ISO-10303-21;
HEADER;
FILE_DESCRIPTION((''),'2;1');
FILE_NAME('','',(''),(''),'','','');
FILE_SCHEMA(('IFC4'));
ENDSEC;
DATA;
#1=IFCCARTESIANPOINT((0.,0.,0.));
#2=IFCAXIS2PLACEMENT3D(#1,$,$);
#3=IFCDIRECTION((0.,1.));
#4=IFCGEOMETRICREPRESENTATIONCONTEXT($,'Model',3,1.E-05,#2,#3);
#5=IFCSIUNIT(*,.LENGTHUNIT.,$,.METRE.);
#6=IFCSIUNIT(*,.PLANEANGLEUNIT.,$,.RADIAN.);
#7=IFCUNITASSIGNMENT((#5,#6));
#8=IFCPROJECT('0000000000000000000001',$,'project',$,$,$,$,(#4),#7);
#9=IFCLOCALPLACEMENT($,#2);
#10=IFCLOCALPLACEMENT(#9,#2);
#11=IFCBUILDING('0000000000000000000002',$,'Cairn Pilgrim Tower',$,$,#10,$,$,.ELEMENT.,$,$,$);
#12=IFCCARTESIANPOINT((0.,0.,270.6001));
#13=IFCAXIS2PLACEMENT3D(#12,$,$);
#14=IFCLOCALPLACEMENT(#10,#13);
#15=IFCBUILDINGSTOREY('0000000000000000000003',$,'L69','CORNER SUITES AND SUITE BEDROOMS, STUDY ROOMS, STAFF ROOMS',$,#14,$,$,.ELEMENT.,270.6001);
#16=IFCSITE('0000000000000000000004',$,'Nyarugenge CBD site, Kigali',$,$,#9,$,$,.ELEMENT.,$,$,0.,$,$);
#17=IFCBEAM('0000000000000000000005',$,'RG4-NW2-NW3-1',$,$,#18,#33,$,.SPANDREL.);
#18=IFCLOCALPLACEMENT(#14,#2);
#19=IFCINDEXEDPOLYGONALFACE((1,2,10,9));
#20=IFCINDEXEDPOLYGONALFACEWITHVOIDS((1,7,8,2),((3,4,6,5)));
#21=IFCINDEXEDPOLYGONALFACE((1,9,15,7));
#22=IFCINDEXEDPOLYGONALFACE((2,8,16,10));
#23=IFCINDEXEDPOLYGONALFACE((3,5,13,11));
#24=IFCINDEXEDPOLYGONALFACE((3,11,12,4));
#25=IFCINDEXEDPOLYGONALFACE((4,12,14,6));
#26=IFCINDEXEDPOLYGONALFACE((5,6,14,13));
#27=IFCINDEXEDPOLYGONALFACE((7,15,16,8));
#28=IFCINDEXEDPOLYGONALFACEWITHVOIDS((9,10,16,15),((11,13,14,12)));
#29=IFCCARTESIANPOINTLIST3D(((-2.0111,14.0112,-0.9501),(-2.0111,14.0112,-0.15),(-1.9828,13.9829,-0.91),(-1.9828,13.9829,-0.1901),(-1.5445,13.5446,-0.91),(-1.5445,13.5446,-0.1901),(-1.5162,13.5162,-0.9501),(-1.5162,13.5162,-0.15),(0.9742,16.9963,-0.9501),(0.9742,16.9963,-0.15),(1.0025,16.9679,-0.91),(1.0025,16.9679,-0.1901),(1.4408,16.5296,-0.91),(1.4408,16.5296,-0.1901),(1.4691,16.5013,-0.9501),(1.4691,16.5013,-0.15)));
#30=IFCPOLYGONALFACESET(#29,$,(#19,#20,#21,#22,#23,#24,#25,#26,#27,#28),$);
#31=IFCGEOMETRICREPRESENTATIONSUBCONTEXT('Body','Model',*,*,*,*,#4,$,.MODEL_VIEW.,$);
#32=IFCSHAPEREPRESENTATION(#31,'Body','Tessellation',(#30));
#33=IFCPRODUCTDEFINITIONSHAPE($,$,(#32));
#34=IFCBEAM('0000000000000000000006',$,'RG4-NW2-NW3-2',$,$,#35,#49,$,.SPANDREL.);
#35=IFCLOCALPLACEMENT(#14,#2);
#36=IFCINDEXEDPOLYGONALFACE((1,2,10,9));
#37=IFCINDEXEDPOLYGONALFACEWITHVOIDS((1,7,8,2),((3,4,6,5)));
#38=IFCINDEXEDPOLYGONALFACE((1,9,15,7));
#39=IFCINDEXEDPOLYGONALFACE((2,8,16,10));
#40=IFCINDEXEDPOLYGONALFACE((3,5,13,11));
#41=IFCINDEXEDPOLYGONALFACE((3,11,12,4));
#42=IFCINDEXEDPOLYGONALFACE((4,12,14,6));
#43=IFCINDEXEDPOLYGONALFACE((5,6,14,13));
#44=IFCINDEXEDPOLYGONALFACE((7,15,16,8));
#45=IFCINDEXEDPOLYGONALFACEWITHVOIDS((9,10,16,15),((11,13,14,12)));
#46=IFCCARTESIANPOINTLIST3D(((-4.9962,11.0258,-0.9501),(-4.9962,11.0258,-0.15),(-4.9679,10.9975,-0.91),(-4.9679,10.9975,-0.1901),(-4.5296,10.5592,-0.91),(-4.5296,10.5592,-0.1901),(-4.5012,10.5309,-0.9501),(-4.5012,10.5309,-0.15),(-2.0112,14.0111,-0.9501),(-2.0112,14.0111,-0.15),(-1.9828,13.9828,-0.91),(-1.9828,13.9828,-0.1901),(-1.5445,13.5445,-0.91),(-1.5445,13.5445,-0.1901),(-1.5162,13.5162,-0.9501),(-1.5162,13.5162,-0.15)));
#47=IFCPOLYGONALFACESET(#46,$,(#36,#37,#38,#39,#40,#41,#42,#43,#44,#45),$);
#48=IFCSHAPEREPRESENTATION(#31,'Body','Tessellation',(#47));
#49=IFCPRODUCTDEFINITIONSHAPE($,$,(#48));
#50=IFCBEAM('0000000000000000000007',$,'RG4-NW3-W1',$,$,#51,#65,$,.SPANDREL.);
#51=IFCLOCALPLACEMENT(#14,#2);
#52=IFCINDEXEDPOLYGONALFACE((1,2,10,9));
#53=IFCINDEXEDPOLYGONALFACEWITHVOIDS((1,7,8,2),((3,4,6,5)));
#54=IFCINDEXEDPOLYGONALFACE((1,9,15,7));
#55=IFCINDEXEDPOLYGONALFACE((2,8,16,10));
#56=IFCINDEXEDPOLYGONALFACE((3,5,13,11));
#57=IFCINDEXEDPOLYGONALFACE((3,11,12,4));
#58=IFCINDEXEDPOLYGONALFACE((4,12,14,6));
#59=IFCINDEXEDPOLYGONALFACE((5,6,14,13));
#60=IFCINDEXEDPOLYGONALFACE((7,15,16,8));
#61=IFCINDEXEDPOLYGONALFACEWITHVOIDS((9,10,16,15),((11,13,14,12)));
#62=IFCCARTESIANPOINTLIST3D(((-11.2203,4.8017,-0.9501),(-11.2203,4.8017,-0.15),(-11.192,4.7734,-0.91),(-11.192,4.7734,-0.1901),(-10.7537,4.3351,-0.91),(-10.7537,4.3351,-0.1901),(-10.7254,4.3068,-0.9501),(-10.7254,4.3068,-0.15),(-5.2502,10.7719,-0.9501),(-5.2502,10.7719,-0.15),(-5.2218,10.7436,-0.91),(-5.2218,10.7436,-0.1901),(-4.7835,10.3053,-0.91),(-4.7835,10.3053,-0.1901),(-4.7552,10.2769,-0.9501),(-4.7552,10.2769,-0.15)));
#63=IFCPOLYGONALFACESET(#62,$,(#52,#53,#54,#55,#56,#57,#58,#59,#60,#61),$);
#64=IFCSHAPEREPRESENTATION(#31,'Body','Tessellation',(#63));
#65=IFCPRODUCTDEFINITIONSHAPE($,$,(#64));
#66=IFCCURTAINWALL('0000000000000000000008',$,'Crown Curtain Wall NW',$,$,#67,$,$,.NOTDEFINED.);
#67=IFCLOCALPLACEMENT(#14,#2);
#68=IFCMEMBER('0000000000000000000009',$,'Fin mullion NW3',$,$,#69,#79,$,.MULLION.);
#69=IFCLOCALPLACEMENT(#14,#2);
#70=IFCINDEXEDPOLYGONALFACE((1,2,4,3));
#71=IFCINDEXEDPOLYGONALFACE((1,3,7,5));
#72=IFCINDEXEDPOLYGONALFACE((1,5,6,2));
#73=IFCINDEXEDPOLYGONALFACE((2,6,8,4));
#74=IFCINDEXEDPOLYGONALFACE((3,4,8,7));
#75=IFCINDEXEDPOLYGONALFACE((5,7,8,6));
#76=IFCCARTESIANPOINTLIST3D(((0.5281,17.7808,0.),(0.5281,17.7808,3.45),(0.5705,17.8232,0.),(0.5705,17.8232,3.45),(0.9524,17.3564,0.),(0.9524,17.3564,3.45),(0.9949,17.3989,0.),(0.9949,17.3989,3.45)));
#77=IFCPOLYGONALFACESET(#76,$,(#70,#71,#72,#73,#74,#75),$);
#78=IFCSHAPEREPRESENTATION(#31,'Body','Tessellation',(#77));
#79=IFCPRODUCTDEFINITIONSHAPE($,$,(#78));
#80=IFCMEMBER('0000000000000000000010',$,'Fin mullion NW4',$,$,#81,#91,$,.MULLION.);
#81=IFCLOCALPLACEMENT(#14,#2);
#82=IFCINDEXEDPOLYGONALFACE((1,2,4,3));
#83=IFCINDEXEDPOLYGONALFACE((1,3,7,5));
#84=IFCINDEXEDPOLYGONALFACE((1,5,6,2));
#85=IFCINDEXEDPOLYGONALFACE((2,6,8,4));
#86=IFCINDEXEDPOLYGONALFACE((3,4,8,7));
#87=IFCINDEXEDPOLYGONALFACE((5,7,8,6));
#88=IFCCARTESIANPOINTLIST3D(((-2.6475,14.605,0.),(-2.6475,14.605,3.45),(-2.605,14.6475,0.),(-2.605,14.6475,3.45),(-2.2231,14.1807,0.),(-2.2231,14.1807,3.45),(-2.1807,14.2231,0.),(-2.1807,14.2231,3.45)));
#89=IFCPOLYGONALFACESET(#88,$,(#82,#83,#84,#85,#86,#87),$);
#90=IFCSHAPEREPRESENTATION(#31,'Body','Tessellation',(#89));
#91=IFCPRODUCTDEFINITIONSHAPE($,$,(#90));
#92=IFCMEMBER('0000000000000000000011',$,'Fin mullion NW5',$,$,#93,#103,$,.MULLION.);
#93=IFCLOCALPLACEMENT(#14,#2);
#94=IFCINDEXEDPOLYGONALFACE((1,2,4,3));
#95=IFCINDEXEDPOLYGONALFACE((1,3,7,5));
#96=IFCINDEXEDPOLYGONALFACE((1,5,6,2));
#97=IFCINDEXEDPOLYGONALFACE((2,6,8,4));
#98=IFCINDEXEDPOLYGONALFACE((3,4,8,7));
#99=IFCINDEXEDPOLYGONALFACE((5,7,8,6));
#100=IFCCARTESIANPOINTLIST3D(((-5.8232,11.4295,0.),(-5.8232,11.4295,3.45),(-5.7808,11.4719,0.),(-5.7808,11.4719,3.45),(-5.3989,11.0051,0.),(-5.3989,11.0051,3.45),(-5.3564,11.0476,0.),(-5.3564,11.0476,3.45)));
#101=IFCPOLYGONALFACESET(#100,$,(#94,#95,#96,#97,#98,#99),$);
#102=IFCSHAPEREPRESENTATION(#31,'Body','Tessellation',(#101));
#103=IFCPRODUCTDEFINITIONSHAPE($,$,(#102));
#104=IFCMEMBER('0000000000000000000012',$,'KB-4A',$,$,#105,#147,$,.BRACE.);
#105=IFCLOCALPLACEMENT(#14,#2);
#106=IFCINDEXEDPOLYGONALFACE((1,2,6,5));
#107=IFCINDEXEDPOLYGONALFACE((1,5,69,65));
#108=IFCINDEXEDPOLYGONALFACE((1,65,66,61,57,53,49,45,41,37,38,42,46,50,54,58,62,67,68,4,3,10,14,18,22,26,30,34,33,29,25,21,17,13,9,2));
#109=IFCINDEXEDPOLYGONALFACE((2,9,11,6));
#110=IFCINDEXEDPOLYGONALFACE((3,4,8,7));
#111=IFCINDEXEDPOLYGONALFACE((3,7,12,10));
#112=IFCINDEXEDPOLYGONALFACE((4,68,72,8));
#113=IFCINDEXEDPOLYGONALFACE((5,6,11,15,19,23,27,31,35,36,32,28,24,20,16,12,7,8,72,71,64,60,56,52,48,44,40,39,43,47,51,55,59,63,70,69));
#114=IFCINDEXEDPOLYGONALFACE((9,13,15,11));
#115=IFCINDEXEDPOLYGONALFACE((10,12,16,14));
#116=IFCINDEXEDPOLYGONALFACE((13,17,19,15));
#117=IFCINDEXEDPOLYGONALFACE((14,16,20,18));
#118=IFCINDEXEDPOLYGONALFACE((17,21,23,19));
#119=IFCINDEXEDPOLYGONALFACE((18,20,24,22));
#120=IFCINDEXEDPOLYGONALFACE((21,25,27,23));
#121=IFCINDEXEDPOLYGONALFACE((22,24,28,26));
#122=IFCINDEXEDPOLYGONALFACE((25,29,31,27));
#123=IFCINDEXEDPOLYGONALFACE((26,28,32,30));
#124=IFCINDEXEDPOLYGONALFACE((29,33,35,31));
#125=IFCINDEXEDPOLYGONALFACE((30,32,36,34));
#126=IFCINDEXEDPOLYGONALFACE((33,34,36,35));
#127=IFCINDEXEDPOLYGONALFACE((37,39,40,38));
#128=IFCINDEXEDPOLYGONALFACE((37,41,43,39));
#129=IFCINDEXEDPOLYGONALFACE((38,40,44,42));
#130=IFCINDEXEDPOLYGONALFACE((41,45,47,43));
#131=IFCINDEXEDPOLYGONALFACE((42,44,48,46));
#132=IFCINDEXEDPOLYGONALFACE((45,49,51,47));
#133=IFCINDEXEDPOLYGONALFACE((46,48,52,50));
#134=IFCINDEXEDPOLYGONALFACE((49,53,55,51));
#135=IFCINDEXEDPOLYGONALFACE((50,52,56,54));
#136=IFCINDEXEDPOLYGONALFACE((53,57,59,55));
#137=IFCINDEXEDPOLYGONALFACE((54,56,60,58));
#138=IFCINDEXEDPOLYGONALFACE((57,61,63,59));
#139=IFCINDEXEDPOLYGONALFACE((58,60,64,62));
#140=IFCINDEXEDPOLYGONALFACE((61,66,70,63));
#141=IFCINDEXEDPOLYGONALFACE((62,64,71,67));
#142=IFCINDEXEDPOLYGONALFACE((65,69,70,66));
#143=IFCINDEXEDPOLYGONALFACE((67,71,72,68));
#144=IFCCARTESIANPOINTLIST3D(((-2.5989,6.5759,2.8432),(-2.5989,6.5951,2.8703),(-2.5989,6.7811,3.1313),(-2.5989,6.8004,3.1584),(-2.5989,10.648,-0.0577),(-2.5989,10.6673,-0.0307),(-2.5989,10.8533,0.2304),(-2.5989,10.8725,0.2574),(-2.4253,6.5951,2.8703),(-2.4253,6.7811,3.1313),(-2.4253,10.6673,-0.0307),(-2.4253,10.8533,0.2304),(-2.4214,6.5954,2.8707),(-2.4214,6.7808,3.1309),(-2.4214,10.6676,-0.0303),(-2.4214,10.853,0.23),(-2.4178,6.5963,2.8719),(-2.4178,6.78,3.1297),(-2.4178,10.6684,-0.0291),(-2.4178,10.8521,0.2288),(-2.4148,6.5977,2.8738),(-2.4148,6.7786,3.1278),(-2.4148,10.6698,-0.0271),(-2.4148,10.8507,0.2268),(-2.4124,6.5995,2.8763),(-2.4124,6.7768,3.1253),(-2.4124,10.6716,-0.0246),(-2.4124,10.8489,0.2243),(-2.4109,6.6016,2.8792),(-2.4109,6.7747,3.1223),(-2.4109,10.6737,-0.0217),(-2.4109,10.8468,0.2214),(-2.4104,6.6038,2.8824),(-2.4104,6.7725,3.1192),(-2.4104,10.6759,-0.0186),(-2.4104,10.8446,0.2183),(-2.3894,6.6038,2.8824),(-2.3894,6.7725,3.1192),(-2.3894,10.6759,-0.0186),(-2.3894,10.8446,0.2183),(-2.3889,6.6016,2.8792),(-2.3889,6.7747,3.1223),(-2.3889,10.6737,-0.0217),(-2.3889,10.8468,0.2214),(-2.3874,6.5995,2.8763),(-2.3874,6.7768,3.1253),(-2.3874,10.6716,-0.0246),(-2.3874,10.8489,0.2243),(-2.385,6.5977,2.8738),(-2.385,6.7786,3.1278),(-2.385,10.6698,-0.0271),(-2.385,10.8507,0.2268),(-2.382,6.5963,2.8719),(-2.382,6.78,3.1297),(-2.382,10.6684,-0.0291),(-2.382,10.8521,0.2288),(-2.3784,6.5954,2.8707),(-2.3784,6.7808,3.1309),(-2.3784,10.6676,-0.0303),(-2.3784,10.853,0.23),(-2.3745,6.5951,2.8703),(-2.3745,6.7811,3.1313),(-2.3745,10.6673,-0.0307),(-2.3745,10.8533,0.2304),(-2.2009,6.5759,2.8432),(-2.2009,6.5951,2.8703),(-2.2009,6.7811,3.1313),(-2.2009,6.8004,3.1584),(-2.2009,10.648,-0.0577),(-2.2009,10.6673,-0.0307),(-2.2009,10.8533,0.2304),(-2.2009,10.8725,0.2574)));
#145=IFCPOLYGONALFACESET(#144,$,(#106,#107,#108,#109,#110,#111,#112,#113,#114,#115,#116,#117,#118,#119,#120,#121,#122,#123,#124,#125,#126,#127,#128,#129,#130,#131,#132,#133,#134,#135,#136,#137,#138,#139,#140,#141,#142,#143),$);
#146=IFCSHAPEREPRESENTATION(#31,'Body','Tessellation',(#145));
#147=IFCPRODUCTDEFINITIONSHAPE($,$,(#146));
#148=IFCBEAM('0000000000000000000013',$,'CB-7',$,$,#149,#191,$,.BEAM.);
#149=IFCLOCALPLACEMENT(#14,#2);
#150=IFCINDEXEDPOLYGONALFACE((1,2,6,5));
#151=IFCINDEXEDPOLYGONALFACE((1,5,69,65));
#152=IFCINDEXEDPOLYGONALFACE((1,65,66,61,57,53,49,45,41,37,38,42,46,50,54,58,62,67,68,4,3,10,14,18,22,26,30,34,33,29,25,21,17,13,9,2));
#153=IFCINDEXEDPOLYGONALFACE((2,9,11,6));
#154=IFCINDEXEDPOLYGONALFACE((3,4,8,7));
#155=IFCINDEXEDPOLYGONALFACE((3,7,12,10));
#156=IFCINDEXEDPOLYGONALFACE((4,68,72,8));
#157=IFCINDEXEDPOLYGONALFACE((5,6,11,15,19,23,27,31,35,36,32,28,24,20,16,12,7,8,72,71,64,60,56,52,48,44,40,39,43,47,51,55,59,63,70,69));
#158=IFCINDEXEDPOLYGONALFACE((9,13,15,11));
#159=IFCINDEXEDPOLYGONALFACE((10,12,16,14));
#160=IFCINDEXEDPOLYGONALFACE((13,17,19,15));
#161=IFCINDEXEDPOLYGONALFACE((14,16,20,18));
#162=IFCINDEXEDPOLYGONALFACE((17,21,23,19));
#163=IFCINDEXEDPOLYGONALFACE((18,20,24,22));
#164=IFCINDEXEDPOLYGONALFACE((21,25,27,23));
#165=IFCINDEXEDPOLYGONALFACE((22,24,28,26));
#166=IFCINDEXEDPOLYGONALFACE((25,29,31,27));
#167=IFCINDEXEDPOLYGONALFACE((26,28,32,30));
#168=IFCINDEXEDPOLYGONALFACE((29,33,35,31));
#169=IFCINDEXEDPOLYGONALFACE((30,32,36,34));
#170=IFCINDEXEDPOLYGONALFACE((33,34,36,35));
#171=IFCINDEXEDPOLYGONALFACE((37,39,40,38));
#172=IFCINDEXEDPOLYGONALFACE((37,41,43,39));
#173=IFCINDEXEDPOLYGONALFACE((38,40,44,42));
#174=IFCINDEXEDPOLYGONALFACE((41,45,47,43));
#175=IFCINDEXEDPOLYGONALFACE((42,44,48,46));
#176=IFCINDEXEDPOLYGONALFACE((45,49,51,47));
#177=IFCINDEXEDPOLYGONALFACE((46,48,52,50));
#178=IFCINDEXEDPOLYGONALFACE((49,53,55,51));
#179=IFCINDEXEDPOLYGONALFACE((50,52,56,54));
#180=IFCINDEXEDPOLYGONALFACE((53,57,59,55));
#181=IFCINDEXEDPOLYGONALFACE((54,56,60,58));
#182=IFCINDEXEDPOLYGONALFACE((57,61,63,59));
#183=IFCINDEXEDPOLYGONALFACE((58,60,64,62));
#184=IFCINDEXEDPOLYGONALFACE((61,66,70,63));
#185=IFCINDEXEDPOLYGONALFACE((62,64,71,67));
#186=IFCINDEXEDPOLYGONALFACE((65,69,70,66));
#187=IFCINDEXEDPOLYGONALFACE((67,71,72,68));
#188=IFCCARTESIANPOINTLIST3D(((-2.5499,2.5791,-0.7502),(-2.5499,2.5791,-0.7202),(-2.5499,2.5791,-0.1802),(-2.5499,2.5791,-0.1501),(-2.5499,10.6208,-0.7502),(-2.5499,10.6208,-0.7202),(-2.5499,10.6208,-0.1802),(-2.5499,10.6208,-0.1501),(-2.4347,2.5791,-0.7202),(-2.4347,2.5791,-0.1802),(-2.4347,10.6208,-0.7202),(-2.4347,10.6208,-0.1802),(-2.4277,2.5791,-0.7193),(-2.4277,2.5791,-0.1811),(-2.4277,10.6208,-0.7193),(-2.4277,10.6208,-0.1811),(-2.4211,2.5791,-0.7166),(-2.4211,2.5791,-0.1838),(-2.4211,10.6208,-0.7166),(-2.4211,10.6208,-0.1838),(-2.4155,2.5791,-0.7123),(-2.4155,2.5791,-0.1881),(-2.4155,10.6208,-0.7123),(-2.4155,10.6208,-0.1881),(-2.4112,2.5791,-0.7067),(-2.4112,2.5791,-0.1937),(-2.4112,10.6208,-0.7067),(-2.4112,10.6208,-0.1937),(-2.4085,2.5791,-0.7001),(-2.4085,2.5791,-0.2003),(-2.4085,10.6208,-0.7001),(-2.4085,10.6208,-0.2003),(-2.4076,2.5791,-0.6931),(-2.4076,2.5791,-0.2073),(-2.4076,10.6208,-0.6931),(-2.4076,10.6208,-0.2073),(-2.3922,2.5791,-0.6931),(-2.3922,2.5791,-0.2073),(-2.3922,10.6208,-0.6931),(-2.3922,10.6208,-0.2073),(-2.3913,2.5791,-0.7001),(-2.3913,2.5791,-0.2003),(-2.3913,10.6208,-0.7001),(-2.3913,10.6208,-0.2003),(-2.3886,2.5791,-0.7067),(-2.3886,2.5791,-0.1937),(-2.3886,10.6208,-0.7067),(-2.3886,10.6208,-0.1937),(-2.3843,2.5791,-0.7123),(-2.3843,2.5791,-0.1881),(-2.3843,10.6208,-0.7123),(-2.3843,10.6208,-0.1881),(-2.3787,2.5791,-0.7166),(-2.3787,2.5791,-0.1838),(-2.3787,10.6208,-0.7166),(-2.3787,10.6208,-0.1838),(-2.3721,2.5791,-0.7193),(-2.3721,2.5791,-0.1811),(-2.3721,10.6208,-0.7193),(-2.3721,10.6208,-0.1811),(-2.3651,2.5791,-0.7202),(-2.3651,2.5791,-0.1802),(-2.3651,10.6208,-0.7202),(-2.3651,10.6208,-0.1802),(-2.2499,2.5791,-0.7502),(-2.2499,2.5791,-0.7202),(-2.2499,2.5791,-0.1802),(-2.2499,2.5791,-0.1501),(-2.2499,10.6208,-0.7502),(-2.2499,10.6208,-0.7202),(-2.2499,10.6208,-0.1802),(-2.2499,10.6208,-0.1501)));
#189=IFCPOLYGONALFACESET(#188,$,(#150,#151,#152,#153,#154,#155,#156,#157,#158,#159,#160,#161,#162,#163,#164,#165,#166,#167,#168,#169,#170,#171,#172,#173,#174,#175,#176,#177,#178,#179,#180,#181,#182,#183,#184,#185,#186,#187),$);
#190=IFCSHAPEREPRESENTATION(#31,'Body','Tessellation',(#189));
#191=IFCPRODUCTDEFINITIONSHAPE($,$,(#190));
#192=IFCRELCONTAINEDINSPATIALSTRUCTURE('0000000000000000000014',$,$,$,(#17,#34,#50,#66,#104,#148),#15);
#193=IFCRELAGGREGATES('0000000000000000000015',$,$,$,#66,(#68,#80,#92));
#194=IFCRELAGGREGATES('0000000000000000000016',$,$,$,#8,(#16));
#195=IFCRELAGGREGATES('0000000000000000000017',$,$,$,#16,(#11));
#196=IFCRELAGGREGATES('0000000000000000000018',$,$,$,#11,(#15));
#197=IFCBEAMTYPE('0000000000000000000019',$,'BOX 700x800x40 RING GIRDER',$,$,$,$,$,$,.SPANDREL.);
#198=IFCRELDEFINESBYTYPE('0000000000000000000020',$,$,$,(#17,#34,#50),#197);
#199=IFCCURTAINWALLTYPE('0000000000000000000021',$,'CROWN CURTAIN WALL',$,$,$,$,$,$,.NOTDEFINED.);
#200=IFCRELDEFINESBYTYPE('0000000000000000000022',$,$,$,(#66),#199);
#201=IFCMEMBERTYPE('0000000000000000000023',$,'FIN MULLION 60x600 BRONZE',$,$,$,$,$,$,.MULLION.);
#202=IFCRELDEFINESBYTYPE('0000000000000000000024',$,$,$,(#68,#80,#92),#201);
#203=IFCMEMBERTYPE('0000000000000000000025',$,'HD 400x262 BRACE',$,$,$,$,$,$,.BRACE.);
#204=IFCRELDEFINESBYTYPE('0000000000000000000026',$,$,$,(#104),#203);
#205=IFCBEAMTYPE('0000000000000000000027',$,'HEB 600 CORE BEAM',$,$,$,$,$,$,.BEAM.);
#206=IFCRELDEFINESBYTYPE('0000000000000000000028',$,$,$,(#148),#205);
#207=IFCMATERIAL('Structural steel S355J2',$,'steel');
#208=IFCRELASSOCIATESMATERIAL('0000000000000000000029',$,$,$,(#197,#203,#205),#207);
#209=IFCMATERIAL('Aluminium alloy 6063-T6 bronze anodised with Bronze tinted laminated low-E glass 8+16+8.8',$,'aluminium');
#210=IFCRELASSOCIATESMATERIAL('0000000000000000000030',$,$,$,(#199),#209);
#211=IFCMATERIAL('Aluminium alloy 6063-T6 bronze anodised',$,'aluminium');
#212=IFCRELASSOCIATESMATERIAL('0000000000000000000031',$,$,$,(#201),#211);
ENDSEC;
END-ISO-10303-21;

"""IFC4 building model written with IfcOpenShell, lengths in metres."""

from ifc_helpers import new_model, si_unit, direction, frame, origin, origin_2d, place, context, subcontext, project, spatial, rectangle, hollow_rectangle, i_section, extrude, material, material_profile, profile_set, type_object, element, aggregate, save


model = new_model("IFC4")

# Units and contexts
model_context = context("Model", 3, precision=1e-05, world=origin(), true_north=direction((0.0, 1.0)))
body_context = subcontext(model_context, "Body", "Model", "MODEL_VIEW")
ifc_project = project(units=[si_unit("LENGTHUNIT", "METRE"), si_unit("PLANEANGLEUNIT", "RADIAN")], contexts=[model_context])

# Site, building, storey
site_placement = place(None, origin())
site = spatial("IfcSite", under=ifc_project, at=site_placement, Name="Nyarugenge CBD site, Kigali", CompositionType="ELEMENT", RefElevation=0.0)
building_placement = place(site_placement, origin())
building = spatial("IfcBuilding", under=site, at=building_placement, Name="Cairn Pilgrim Tower", CompositionType="ELEMENT")
storey_placement = place(building_placement, frame((0.0, 0.0, 270.6001)))
storey = spatial("IfcBuildingStorey", under=building, at=storey_placement, Name="L69", Description="CORNER SUITES AND SUITE BEDROOMS, STUDY ROOMS, STAFF ROOMS", CompositionType="ELEMENT", Elevation=270.6001)

# Shared definitions
ifc_material_1 = material(Name="Structural steel S355J2", Category="steel")

# Beams
ifc_material_profile_1 = material_profile(ifc_material_1, hollow_rectangle(XDim=0.7, YDim=0.8, WallThickness=0.04, at=origin_2d()), Name="BOX 700x800x40")
ifc_profile_set_1 = profile_set([ifc_material_profile_1], Name="Structural steel S355J2")
beam_type_1 = type_object("IfcBeamType", Name="BOX 700x800x40 RING GIRDER", PredefinedType="SPANDREL", material=ifc_profile_set_1)
for number, where, z_axis, x_axis, name in (
    (1, (1.2217, 16.7488, -0.55), (-0.707136, -0.707078, 0.0), (0.707078, -0.707136, 0.0), "RG4-NW2-NW3-1"),
    (2, (-1.7637, 13.7637, -0.55), (-0.707078, -0.707136, 0.0), (0.707136, -0.707078, 0.0), "RG4-NW2-NW3-2"),
):
    element("IfcBeam", number, at=place(storey_placement, frame(where, z_axis=z_axis, x_axis=x_axis)), inside=storey, type_object=beam_type_1, Name=name, PredefinedType="SPANDREL", context=body_context, shape_type="SweptSolid", body=[
        extrude(hollow_rectangle(XDim=0.7, YDim=0.8, WallThickness=0.04, at=origin_2d()), origin(), (0.0, 0.0, 1.0), 4.2217),
    ])
beam_1_placement = place(storey_placement, frame((-5.0027, 10.5244, -0.55), z_axis=(-0.707107, -0.707107, 0.0), x_axis=(0.707107, -0.707107, 0.0)))
element("IfcBeam", 3, at=beam_1_placement, inside=storey, type_object=beam_type_1, Name="RG4-NW3-W1", PredefinedType="SPANDREL", context=body_context, shape_type="SweptSolid", body=[
    extrude(hollow_rectangle(XDim=0.7, YDim=0.8, WallThickness=0.04, at=origin_2d()), origin(), (0.0, 0.0, 1.0), 8.4431),
])

# Curtain wall, members
ifc_material_2 = material(Name="Aluminium alloy 6063-T6 bronze anodised with Bronze tinted laminated low-E glass 8+16+8.8", Category="aluminium")
curtain_wall_type = type_object("IfcCurtainWallType", Name="CROWN CURTAIN WALL", PredefinedType="NOTDEFINED", material=ifc_material_2)
curtain_wall_placement = place(storey_placement, origin())
curtain_wall = element("IfcCurtainWall", 4, at=curtain_wall_placement, inside=storey, type_object=curtain_wall_type, Name="Crown Curtain Wall NW", PredefinedType="NOTDEFINED")
ifc_material_3 = material(Name="Aluminium alloy 6063-T6 bronze anodised", Category="aluminium")
ifc_material_profile_2 = material_profile(ifc_material_3, rectangle(XDim=0.6001, YDim=0.0601, at=origin_2d()), Name="FIN MULLION 60x600 BRONZE")
ifc_profile_set_2 = profile_set([ifc_material_profile_2], Name="Aluminium alloy 6063-T6 bronze anodised")
member_type_1 = type_object("IfcMemberType", Name="FIN MULLION 60x600 BRONZE", PredefinedType="MULLION", material=ifc_profile_set_2)
member_1_placement = place(storey_placement, frame((0.7615, 17.5898, 0.0), z_axis=(0.0, 0.0, 1.0), x_axis=(-0.707107, 0.707107, 0.0)))
member_1 = element("IfcMember", 5, at=member_1_placement, type_object=member_type_1, Name="Fin mullion NW3", PredefinedType="MULLION", context=body_context, shape_type="SweptSolid", body=[
    extrude(rectangle(XDim=0.6001, YDim=0.0601, at=origin_2d()), origin(), (0.0, 0.0, 1.0), 3.45),
])
member_2_placement = place(storey_placement, frame((-2.4141, 14.4141, 0.0), z_axis=(0.0, 0.0, 1.0), x_axis=(-0.707107, 0.707107, 0.0)))
member_2 = element("IfcMember", 6, at=member_2_placement, type_object=member_type_1, Name="Fin mullion NW4", PredefinedType="MULLION", context=body_context, shape_type="SweptSolid", body=[
    extrude(rectangle(XDim=0.6001, YDim=0.0601, at=origin_2d()), origin(), (0.0, 0.0, 1.0), 3.45),
])
member_3_placement = place(storey_placement, frame((-5.5898, 11.2385, 0.0), z_axis=(0.0, 0.0, 1.0), x_axis=(-0.707107, 0.707107, 0.0)))
member_3 = element("IfcMember", 7, at=member_3_placement, type_object=member_type_1, Name="Fin mullion NW5", PredefinedType="MULLION", context=body_context, shape_type="SweptSolid", body=[
    extrude(rectangle(XDim=0.6001, YDim=0.0601, at=origin_2d()), origin(), (0.0, 0.0, 1.0), 3.45),
])

# Member
ifc_material_profile_3 = material_profile(ifc_material_1, i_section(OverallWidth=0.3979, OverallDepth=0.387, WebThickness=0.021, FlangeThickness=0.0332, FilletRadius=0.0149, at=origin_2d()), Name="HD 400x262")
ifc_profile_set_3 = profile_set([ifc_material_profile_3], Name="Structural steel S355J2")
member_type_2 = type_object("IfcMemberType", Name="HD 400x262 BRACE", PredefinedType="BRACE", material=ifc_profile_set_3)
member_4_placement = place(storey_placement, frame((-2.3999, 10.7603, 0.0999), z_axis=(0.0, -0.814462, 0.580217), x_axis=(1.0, 0.0, 0.0)))
element("IfcMember", 8, at=member_4_placement, inside=storey, type_object=member_type_2, Name="KB-4A", PredefinedType="BRACE", context=body_context, shape_type="SweptSolid", body=[
    extrude(i_section(OverallWidth=0.3979, OverallDepth=0.387, WebThickness=0.021, FlangeThickness=0.0332, FilletRadius=0.0149, at=origin_2d()), origin(), (0.0, 0.0, 1.0), 4.9998),
])

# Beam
ifc_material_profile_4 = material_profile(ifc_material_1, i_section(OverallWidth=0.3, OverallDepth=0.6001, WebThickness=0.0154, FlangeThickness=0.03, FilletRadius=0.0271, at=origin_2d()), Name="HEB 600")
ifc_profile_set_4 = profile_set([ifc_material_profile_4], Name="Structural steel S355J2")
beam_type_2 = type_object("IfcBeamType", Name="HEB 600 CORE BEAM", PredefinedType="BEAM", material=ifc_profile_set_4)
beam_2_placement = place(storey_placement, frame((-2.3999, 10.6208, -0.4502), z_axis=(0.0, -1.0, 0.0), x_axis=(1.0, 0.0, 0.0)))
element("IfcBeam", 9, at=beam_2_placement, inside=storey, type_object=beam_type_2, Name="CB-7", PredefinedType="BEAM", context=body_context, shape_type="SweptSolid", body=[
    extrude(i_section(OverallWidth=0.3, OverallDepth=0.6001, WebThickness=0.0154, FlangeThickness=0.03, FilletRadius=0.0271, at=origin_2d()), origin(), (0.0, 0.0, 1.0), 8.0417),
])

aggregate(curtain_wall, [member_1, member_2, member_3])

save(model, "model.ifc")
